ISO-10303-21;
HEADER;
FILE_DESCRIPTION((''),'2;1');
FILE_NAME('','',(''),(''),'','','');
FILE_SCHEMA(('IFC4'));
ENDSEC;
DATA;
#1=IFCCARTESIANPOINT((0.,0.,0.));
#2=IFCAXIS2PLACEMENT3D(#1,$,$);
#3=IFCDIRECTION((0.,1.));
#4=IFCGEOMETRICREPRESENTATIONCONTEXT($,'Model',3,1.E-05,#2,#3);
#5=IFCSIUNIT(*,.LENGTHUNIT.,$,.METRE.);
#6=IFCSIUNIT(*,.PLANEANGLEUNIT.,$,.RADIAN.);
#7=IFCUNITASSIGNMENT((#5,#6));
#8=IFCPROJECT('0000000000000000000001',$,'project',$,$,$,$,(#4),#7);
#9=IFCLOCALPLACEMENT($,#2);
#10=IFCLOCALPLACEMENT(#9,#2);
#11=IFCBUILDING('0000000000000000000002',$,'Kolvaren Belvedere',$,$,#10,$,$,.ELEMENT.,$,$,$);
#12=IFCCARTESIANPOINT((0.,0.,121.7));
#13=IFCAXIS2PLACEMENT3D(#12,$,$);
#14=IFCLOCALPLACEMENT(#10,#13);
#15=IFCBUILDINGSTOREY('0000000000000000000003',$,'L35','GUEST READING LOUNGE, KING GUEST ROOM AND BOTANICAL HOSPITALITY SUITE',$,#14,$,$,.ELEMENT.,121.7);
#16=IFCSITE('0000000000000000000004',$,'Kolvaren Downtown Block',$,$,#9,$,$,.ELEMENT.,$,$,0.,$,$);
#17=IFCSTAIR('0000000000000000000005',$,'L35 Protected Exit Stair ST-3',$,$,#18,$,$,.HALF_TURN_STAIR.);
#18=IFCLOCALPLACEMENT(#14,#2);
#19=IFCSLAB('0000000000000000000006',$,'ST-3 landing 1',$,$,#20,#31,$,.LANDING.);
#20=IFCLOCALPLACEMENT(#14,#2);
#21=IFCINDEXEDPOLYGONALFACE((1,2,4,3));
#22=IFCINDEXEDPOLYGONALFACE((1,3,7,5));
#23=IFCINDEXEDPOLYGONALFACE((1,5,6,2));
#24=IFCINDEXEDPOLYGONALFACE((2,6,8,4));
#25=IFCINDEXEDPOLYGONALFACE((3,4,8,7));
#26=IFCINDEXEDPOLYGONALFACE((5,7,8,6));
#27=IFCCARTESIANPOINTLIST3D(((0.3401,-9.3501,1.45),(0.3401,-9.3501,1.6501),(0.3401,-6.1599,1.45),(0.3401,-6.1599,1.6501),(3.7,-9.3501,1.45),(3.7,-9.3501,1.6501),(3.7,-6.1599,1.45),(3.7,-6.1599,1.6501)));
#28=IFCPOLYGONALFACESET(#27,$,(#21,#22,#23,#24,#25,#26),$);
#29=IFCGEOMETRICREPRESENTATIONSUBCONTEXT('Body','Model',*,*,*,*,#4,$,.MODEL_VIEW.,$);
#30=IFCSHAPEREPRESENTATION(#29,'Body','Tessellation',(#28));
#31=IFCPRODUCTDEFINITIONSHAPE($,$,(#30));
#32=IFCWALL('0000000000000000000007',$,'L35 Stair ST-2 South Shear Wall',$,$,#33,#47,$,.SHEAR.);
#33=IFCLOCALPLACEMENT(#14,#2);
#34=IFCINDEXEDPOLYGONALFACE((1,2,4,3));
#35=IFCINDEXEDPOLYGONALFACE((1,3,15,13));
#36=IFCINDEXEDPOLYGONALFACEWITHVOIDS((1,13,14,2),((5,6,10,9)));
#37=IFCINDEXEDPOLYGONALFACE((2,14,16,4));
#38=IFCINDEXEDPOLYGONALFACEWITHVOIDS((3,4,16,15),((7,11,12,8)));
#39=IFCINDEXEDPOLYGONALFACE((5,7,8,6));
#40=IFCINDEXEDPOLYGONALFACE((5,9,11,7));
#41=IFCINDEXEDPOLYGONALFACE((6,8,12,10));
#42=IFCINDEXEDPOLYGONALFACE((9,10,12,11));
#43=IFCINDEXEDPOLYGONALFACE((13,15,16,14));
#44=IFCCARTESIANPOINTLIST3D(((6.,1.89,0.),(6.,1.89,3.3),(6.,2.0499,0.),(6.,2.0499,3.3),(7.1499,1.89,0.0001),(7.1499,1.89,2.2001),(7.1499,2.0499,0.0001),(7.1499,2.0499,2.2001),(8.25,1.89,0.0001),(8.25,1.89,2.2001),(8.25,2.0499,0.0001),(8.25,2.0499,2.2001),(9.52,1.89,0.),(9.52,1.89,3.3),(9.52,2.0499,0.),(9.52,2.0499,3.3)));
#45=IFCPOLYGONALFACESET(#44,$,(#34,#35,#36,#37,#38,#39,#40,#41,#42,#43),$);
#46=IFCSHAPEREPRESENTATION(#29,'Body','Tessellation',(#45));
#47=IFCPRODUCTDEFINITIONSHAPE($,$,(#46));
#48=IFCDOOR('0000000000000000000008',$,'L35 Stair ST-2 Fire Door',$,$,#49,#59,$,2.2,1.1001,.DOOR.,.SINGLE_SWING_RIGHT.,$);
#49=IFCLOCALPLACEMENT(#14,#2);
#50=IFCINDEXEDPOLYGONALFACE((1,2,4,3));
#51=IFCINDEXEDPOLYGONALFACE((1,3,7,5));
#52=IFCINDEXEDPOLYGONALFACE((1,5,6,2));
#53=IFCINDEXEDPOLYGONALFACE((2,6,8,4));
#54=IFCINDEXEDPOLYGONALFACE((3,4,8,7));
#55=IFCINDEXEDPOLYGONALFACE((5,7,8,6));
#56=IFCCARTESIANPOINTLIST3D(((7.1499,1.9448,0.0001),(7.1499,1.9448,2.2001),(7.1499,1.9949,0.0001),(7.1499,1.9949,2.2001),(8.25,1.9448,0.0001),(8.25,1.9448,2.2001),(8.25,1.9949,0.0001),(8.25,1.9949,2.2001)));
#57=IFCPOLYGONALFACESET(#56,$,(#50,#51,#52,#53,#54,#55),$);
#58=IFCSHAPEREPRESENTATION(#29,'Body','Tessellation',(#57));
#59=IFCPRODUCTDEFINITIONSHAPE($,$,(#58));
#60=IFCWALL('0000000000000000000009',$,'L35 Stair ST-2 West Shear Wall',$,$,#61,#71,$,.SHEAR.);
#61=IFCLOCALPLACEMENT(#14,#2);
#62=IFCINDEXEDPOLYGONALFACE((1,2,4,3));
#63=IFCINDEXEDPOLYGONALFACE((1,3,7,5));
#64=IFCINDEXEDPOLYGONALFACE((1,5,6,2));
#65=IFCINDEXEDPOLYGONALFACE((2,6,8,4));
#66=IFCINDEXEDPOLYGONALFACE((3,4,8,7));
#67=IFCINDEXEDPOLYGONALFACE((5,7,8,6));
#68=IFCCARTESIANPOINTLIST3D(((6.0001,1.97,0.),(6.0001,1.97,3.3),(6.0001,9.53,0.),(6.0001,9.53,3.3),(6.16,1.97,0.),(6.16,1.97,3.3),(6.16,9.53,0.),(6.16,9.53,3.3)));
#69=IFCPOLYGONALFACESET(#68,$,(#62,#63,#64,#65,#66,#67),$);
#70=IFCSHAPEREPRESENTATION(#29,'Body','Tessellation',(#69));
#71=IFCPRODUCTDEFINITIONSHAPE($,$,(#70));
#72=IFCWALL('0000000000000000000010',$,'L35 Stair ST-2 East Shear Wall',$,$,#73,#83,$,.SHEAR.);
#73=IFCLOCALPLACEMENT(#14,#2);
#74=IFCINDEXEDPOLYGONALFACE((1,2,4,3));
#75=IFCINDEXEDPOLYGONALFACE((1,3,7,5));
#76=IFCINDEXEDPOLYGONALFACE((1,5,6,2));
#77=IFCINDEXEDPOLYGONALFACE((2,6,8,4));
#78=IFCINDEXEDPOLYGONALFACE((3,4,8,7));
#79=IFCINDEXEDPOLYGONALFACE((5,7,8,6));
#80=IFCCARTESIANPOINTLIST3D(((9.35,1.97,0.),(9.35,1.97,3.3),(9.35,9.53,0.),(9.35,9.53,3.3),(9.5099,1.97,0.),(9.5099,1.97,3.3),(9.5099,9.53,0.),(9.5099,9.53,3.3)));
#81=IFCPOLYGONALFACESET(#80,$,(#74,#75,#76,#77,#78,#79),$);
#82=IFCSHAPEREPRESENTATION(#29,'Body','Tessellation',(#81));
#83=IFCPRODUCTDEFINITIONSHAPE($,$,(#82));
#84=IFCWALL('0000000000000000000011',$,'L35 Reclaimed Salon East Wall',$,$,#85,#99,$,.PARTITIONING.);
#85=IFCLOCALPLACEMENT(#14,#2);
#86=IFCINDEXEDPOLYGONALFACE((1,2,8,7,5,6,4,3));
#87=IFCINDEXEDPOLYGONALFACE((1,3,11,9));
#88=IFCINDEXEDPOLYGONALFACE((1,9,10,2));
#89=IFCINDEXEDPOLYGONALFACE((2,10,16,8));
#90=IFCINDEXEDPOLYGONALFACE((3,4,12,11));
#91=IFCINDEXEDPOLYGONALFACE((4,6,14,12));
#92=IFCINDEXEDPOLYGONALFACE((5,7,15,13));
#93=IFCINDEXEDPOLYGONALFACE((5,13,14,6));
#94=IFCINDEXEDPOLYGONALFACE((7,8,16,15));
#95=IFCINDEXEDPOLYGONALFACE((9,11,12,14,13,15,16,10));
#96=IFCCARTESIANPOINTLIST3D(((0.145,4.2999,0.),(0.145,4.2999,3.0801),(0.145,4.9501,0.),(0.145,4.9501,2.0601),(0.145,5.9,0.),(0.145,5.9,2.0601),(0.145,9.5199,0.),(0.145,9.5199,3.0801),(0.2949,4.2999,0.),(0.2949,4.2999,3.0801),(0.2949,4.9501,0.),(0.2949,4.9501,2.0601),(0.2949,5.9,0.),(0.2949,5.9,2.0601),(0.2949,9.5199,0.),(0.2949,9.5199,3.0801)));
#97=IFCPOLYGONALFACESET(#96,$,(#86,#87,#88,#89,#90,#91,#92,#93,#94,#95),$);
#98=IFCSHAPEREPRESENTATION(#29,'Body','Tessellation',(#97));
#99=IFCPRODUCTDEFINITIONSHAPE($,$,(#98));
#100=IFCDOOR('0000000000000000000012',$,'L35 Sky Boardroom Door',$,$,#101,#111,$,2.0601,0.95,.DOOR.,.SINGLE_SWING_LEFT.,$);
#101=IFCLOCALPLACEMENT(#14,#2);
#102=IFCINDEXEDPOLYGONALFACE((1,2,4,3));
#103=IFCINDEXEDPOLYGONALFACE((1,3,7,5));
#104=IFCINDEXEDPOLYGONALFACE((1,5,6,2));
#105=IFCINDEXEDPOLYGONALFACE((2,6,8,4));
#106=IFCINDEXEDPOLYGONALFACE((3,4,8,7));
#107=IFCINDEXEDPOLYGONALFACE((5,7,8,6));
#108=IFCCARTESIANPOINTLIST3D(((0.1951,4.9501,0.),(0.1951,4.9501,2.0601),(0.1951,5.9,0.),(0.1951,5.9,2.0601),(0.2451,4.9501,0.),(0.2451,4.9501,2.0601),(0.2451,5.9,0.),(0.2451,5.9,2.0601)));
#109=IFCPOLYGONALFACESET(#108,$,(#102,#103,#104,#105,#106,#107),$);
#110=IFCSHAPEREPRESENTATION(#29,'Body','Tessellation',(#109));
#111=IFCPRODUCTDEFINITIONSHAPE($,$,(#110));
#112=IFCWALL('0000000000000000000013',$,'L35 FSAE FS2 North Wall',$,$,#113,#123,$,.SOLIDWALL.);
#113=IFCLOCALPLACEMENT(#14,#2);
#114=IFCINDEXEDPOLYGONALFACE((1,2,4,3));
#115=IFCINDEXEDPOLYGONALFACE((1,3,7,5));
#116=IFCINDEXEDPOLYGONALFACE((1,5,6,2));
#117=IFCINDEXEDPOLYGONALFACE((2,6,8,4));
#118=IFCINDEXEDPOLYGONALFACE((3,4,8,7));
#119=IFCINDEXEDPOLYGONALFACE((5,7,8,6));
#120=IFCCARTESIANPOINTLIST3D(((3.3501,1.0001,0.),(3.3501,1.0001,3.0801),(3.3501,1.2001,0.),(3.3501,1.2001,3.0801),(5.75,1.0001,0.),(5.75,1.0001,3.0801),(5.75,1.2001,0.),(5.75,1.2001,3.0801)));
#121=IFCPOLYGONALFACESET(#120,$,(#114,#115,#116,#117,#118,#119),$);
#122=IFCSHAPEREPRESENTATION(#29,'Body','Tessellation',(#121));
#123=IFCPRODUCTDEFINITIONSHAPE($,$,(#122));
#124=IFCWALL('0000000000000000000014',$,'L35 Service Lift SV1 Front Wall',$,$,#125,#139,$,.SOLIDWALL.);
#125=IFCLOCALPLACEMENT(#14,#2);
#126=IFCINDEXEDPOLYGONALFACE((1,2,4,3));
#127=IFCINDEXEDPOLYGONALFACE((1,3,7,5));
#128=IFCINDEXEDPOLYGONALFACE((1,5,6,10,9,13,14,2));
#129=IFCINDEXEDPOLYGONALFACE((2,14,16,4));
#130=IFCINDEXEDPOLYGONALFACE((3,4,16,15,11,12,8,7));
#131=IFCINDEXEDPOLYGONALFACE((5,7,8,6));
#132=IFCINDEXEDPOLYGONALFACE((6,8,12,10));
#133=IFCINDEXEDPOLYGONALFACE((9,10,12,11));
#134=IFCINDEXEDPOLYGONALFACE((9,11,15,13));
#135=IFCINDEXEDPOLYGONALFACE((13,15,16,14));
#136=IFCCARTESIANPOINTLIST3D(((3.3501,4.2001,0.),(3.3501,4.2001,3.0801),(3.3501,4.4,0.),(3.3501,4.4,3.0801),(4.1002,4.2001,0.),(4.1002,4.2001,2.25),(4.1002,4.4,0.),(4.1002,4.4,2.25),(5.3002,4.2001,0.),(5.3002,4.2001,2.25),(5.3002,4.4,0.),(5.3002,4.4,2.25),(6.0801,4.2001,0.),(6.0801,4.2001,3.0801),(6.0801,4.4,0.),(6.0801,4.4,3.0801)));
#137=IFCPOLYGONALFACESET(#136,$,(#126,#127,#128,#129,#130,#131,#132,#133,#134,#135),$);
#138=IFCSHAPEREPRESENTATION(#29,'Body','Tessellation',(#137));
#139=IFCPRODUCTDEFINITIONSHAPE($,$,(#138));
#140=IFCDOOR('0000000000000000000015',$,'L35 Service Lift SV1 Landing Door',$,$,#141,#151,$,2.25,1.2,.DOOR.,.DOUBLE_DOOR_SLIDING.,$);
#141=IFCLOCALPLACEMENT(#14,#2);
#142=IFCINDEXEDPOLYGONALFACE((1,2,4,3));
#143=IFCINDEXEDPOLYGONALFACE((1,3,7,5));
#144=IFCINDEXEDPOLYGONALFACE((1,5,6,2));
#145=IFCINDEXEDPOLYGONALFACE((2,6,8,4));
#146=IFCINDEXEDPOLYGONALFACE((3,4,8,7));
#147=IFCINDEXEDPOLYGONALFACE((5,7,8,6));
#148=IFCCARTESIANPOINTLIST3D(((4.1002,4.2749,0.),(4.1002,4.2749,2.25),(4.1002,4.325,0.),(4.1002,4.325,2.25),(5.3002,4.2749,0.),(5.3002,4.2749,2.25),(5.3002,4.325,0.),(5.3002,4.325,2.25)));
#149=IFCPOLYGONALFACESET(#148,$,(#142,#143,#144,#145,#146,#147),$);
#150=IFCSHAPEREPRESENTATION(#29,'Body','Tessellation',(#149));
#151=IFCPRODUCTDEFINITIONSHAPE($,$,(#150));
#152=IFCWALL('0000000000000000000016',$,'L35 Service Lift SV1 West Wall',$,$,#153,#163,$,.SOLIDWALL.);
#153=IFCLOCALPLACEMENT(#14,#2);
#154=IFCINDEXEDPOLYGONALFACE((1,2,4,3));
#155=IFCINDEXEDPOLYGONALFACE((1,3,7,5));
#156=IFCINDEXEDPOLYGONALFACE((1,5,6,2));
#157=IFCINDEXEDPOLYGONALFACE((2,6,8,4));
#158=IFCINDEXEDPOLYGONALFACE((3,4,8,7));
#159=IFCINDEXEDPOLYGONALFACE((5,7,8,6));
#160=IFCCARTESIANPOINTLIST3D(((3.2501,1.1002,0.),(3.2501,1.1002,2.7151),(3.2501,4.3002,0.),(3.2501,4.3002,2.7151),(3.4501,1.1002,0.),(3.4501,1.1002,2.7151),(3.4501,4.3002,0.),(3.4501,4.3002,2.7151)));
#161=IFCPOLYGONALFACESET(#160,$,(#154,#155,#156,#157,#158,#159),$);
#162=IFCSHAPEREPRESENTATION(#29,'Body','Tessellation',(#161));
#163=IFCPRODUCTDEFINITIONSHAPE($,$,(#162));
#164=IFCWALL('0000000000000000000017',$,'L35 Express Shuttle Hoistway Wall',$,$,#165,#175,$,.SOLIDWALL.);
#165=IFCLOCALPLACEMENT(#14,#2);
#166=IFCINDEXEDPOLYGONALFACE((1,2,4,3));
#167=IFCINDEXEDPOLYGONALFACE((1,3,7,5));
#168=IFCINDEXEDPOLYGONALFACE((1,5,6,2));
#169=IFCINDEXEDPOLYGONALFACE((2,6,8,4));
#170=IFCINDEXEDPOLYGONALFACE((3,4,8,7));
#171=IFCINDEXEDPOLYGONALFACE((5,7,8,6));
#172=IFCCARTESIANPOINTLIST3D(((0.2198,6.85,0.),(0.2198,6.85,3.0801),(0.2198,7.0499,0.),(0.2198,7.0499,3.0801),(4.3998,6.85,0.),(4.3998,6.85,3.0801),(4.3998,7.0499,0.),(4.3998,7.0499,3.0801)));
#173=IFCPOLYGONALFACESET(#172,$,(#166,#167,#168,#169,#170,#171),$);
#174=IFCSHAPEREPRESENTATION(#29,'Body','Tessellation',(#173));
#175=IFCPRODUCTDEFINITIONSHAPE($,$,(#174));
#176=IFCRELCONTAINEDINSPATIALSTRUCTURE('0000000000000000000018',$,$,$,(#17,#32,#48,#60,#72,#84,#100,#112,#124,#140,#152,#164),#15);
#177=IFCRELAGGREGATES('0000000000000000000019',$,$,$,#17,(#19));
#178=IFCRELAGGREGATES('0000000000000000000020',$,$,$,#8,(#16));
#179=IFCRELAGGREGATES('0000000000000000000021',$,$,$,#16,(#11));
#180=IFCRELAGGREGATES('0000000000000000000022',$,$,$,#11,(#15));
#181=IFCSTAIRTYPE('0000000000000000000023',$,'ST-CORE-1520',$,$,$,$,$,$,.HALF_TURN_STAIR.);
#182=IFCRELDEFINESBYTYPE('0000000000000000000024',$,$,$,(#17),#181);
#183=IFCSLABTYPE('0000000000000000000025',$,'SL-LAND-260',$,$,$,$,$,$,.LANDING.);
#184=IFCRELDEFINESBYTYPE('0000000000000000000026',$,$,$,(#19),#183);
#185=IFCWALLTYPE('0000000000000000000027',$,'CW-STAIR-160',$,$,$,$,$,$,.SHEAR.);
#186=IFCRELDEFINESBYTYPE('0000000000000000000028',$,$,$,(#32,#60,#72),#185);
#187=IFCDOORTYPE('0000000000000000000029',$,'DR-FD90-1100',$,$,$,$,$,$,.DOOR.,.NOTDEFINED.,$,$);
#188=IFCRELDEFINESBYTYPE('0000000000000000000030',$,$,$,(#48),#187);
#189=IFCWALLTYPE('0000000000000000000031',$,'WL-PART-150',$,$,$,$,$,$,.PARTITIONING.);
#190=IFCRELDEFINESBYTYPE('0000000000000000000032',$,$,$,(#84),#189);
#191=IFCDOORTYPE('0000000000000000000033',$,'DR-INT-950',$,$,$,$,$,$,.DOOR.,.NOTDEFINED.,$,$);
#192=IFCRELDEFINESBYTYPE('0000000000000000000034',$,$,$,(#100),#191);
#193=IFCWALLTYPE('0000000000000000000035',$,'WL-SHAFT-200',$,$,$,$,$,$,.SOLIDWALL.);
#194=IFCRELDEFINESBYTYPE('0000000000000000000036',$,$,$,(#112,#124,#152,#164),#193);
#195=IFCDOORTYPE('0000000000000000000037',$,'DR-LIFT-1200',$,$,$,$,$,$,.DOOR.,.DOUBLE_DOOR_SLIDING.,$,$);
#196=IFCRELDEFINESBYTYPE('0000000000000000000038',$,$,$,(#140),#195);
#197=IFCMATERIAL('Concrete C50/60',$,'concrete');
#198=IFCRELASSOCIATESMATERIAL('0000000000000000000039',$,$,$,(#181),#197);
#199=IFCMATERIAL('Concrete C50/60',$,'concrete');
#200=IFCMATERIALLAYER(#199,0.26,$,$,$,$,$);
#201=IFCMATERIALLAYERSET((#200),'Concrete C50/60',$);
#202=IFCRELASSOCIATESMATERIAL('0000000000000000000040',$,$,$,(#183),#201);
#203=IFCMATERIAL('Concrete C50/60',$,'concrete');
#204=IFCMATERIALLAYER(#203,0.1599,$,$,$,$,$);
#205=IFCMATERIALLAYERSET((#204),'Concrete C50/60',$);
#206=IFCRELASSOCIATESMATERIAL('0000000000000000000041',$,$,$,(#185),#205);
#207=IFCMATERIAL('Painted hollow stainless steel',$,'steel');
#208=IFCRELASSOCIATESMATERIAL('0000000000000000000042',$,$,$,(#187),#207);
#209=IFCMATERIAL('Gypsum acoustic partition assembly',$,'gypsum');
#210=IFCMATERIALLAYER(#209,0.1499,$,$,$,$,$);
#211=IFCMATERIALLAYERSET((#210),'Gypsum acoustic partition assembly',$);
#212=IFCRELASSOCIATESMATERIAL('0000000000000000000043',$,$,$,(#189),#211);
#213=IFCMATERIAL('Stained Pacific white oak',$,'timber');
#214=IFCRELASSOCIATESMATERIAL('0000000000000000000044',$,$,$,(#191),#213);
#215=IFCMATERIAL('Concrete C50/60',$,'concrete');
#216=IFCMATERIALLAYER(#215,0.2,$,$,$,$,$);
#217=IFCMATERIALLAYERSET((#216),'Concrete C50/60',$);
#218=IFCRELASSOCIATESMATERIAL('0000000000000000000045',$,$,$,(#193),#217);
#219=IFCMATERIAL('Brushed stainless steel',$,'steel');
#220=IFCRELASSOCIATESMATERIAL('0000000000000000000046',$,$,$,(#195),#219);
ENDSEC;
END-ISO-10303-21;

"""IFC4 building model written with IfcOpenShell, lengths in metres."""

from ifc_helpers import new_model, si_unit, direction, frame, frame_2d, origin, place, context, subcontext, project, spatial, polyline, rectangle, outline, extrude, material, layer, layer_set, type_object, element, fill, aggregate, save


model = new_model("IFC4")

# Units and contexts
model_context = context("Model", 3, precision=1e-05, world=origin(), true_north=direction((0.0, 1.0)))
body_context = subcontext(model_context, "Body", "Model", "MODEL_VIEW")
ifc_project = project(units=[si_unit("LENGTHUNIT", "METRE"), si_unit("PLANEANGLEUNIT", "RADIAN")], contexts=[model_context])

# Site, building, storey
site_placement = place(None, origin())
site = spatial("IfcSite", under=ifc_project, at=site_placement, Name="Kolvaren Downtown Block", CompositionType="ELEMENT", RefElevation=0.0)
building_placement = place(site_placement, origin())
building = spatial("IfcBuilding", under=site, at=building_placement, Name="Kolvaren Belvedere", CompositionType="ELEMENT")
storey_placement = place(building_placement, frame((0.0, 0.0, 121.7)))
storey = spatial("IfcBuildingStorey", under=building, at=storey_placement, Name="L35", Description="GUEST READING LOUNGE, KING GUEST ROOM AND BOTANICAL HOSPITALITY SUITE", CompositionType="ELEMENT", Elevation=121.7)

# Stair, slab
ifc_material_1 = material(Name="Concrete C50/60", Category="concrete")
stair_type = type_object("IfcStairType", Name="ST-CORE-1520", PredefinedType="HALF_TURN_STAIR", material=ifc_material_1)
ifc_material_2 = material(Name="Concrete C50/60", Category="concrete")
ifc_layer_1 = layer(ifc_material_2, 0.26)
ifc_layer_set_1 = layer_set([ifc_layer_1], Name="Concrete C50/60")
slab_type = type_object("IfcSlabType", Name="SL-LAND-260", PredefinedType="LANDING", material=ifc_layer_set_1)
stair_1_placement = place(storey_placement, origin())
stair_1 = element("IfcStair", 1, at=stair_1_placement, inside=storey, type_object=stair_type, Name="L35 Protected Exit Stair ST-3", PredefinedType="HALF_TURN_STAIR")
slab_1_placement = place(storey_placement, frame((0.0, 0.0, 1.45)))
slab_1 = element("IfcSlab", 2, at=slab_1_placement, type_object=slab_type, Name="ST-3 landing 1", PredefinedType="LANDING", context=body_context, shape_type="SweptSolid", body=[
    extrude(outline(polyline([(0.3401, -9.3501), (3.7, -9.3501), (3.7, -6.1599), (0.3401, -6.1599), (0.3401, -9.3501)])), origin(), (0.0, 0.0, 1.0), 0.2002),
])
aggregate(stair_1, [slab_1])

# Wall, opening, door
ifc_material_3 = material(Name="Concrete C50/60", Category="concrete")
ifc_layer_2 = layer(ifc_material_3, 0.1599)
ifc_layer_set_2 = layer_set([ifc_layer_2], Name="Concrete C50/60")
wall_type_1 = type_object("IfcWallType", Name="CW-STAIR-160", PredefinedType="SHEAR", material=ifc_layer_set_2)
wall_1_placement = place(storey_placement, frame((6.0, 1.97, 0.0), z_axis=(0.0, 0.0, 1.0), x_axis=(1.0, 0.0, 0.0)))
wall_1 = element("IfcWall", 3, at=wall_1_placement, inside=storey, type_object=wall_type_1, Name="L35 Stair ST-2 South Shear Wall", PredefinedType="SHEAR", context=body_context, shape_type="SweptSolid", body=[
    extrude(rectangle(XDim=3.52, YDim=0.1599, at=frame_2d((1.76, 0.0))), origin(), (0.0, 0.0, 1.0), 3.3),
])
opening_1_placement = place(wall_1_placement, frame((1.1499, 0.0, 0.0)))
opening_1 = element("IfcOpeningElement", 4, at=opening_1_placement, cuts=wall_1, PredefinedType="OPENING", context=body_context, shape_type="SweptSolid", body=[
    extrude(rectangle(XDim=1.1001, YDim=2.2, at=frame_2d((0.55, 1.1001))), frame((0.0, 0.0898, 0.0), z_axis=(0.0, -1.0, 0.0), x_axis=(1.0, 0.0, 0.0)), (0.0, 0.0, 1.0), 0.1799),
])
ifc_material_4 = material(Name="Painted hollow stainless steel", Category="steel")
door_type_1 = type_object("IfcDoorType", Name="DR-FD90-1100", OperationType="NOTDEFINED", PredefinedType="DOOR", material=ifc_material_4)
door_1_placement = place(opening_1_placement, origin())
door_1 = element("IfcDoor", 5, at=door_1_placement, inside=storey, type_object=door_type_1, Name="L35 Stair ST-2 Fire Door", OperationType="SINGLE_SWING_RIGHT", OverallHeight=2.2, OverallWidth=1.1001, PredefinedType="DOOR", context=body_context, shape_type="SweptSolid", body=[
    extrude(rectangle(XDim=1.1001, YDim=2.2, at=frame_2d((0.55, 1.1001))), frame((0.0, 0.0249, 0.0), z_axis=(0.0, -1.0, 0.0), x_axis=(1.0, 0.0, 0.0)), (0.0, 0.0, 1.0), 0.05),
])
fill(opening_1, door_1)

# Walls
for number, where, z_axis, x_axis, name in (
    (6, (6.0801, 1.97, 0.0), (0.0, 0.0, 1.0), (0.0, 1.0, 0.0), "L35 Stair ST-2 West Shear Wall"),
    (7, (9.4299, 1.97, 0.0), (0.0, 0.0, 1.0), (0.0, 1.0, 0.0), "L35 Stair ST-2 East Shear Wall"),
):
    element("IfcWall", number, at=place(storey_placement, frame(where, z_axis=z_axis, x_axis=x_axis)), inside=storey, type_object=wall_type_1, Name=name, PredefinedType="SHEAR", context=body_context, shape_type="SweptSolid", body=[
        extrude(rectangle(XDim=7.5601, YDim=0.1599, at=frame_2d((3.78, 0.0))), origin(), (0.0, 0.0, 1.0), 3.3),
    ])

# Wall, opening, door
ifc_material_5 = material(Name="Gypsum acoustic partition assembly", Category="gypsum")
ifc_layer_3 = layer(ifc_material_5, 0.1499)
ifc_layer_set_3 = layer_set([ifc_layer_3], Name="Gypsum acoustic partition assembly")
wall_type_2 = type_object("IfcWallType", Name="WL-PART-150", PredefinedType="PARTITIONING", material=ifc_layer_set_3)
wall_2_placement = place(storey_placement, frame((0.22, 4.3, 0.0), z_axis=(0.0, 0.0, 1.0), x_axis=(0.0, 1.0, 0.0)))
wall_2 = element("IfcWall", 8, at=wall_2_placement, inside=storey, type_object=wall_type_2, Name="L35 Reclaimed Salon East Wall", PredefinedType="PARTITIONING", context=body_context, shape_type="SweptSolid", body=[
    extrude(rectangle(XDim=5.22, YDim=0.1499, at=frame_2d((2.6099, 0.0))), origin(), (0.0, 0.0, 1.0), 3.0801),
])
opening_2_placement = place(wall_2_placement, frame((0.6499, 0.0, 0.0)))
opening_2 = element("IfcOpeningElement", 9, at=opening_2_placement, cuts=wall_2, PredefinedType="OPENING", context=body_context, shape_type="SweptSolid", body=[
    extrude(rectangle(XDim=0.95, YDim=2.0601, at=frame_2d((0.4751, 1.03))), frame((0.0, 0.085, 0.0), z_axis=(0.0, -1.0, 0.0), x_axis=(1.0, 0.0, 0.0)), (0.0, 0.0, 1.0), 0.1699),
])
ifc_material_6 = material(Name="Stained Pacific white oak", Category="timber")
door_type_2 = type_object("IfcDoorType", Name="DR-INT-950", OperationType="NOTDEFINED", PredefinedType="DOOR", material=ifc_material_6)
door_2_placement = place(opening_2_placement, origin())
door_2 = element("IfcDoor", 10, at=door_2_placement, inside=storey, type_object=door_type_2, Name="L35 Sky Boardroom Door", OperationType="SINGLE_SWING_LEFT", OverallHeight=2.0601, OverallWidth=0.95, PredefinedType="DOOR", context=body_context, shape_type="SweptSolid", body=[
    extrude(rectangle(XDim=0.95, YDim=2.0601, at=frame_2d((0.4751, 1.03))), frame((0.0, 0.0249, 0.0), z_axis=(0.0, -1.0, 0.0), x_axis=(1.0, 0.0, 0.0)), (0.0, 0.0, 1.0), 0.05),
])
fill(opening_2, door_2)

# Wall
ifc_material_7 = material(Name="Concrete C50/60", Category="concrete")
ifc_layer_4 = layer(ifc_material_7, 0.2)
ifc_layer_set_4 = layer_set([ifc_layer_4], Name="Concrete C50/60")
wall_type_3 = type_object("IfcWallType", Name="WL-SHAFT-200", PredefinedType="SOLIDWALL", material=ifc_layer_set_4)
wall_3_placement = place(storey_placement, frame((3.3501, 1.1001, 0.0), z_axis=(0.0, 0.0, 1.0), x_axis=(1.0, 0.0, 0.0)))
element("IfcWall", 11, at=wall_3_placement, inside=storey, type_object=wall_type_3, Name="L35 FSAE FS2 North Wall", PredefinedType="SOLIDWALL", context=body_context, shape_type="SweptSolid", body=[
    extrude(rectangle(XDim=2.3999, YDim=0.2, at=frame_2d((1.2, 0.0))), origin(), (0.0, 0.0, 1.0), 3.0801),
])

# Wall, opening, door
wall_4_placement = place(storey_placement, frame((3.3501, 4.3, 0.0), z_axis=(0.0, 0.0, 1.0), x_axis=(1.0, 0.0, 0.0)))
wall_4 = element("IfcWall", 12, at=wall_4_placement, inside=storey, type_object=wall_type_3, Name="L35 Service Lift SV1 Front Wall", PredefinedType="SOLIDWALL", context=body_context, shape_type="SweptSolid", body=[
    extrude(rectangle(XDim=2.73, YDim=0.2, at=frame_2d((1.365, 0.0))), origin(), (0.0, 0.0, 1.0), 3.0801),
])
opening_3_placement = place(wall_4_placement, frame((0.75, 0.0, 0.0)))
opening_3 = element("IfcOpeningElement", 13, at=opening_3_placement, cuts=wall_4, PredefinedType="OPENING", context=body_context, shape_type="SweptSolid", body=[
    extrude(rectangle(XDim=1.2, YDim=2.25, at=frame_2d((0.6001, 1.125))), frame((0.0, 0.1099, 0.0), z_axis=(0.0, -1.0, 0.0), x_axis=(1.0, 0.0, 0.0)), (0.0, 0.0, 1.0), 0.22),
])
ifc_material_8 = material(Name="Brushed stainless steel", Category="steel")
door_type_3 = type_object("IfcDoorType", Name="DR-LIFT-1200", OperationType="DOUBLE_DOOR_SLIDING", PredefinedType="DOOR", material=ifc_material_8)
door_3_placement = place(opening_3_placement, origin())
door_3 = element("IfcDoor", 14, at=door_3_placement, inside=storey, type_object=door_type_3, Name="L35 Service Lift SV1 Landing Door", OperationType="DOUBLE_DOOR_SLIDING", OverallHeight=2.25, OverallWidth=1.2, PredefinedType="DOOR", context=body_context, shape_type="SweptSolid", body=[
    extrude(rectangle(XDim=1.2, YDim=2.25, at=frame_2d((0.6001, 1.125))), frame((0.0, 0.0249, 0.0), z_axis=(0.0, -1.0, 0.0), x_axis=(1.0, 0.0, 0.0)), (0.0, 0.0, 1.0), 0.05),
])
fill(opening_3, door_3)

# Walls
wall_5_placement = place(storey_placement, frame((3.3501, 1.1001, 0.0), z_axis=(0.0, 0.0, 1.0), x_axis=(0.0, 1.0, 0.0)))
element("IfcWall", 15, at=wall_5_placement, inside=storey, type_object=wall_type_3, Name="L35 Service Lift SV1 West Wall", PredefinedType="SOLIDWALL", context=body_context, shape_type="SweptSolid", body=[
    extrude(rectangle(XDim=3.2, YDim=0.2, at=frame_2d((1.6001, 0.0))), origin(), (0.0, 0.0, 1.0), 2.7151),
])
wall_6_placement = place(storey_placement, frame((0.22, 6.95, 0.0), z_axis=(0.0, 0.0, 1.0), x_axis=(1.0, 0.0, 0.0)))
element("IfcWall", 16, at=wall_6_placement, inside=storey, type_object=wall_type_3, Name="L35 Express Shuttle Hoistway Wall", PredefinedType="SOLIDWALL", context=body_context, shape_type="SweptSolid", body=[
    extrude(rectangle(XDim=4.1799, YDim=0.2, at=frame_2d((2.0898, 0.0))), origin(), (0.0, 0.0, 1.0), 3.0801),
])

save(model, "model.ifc")
